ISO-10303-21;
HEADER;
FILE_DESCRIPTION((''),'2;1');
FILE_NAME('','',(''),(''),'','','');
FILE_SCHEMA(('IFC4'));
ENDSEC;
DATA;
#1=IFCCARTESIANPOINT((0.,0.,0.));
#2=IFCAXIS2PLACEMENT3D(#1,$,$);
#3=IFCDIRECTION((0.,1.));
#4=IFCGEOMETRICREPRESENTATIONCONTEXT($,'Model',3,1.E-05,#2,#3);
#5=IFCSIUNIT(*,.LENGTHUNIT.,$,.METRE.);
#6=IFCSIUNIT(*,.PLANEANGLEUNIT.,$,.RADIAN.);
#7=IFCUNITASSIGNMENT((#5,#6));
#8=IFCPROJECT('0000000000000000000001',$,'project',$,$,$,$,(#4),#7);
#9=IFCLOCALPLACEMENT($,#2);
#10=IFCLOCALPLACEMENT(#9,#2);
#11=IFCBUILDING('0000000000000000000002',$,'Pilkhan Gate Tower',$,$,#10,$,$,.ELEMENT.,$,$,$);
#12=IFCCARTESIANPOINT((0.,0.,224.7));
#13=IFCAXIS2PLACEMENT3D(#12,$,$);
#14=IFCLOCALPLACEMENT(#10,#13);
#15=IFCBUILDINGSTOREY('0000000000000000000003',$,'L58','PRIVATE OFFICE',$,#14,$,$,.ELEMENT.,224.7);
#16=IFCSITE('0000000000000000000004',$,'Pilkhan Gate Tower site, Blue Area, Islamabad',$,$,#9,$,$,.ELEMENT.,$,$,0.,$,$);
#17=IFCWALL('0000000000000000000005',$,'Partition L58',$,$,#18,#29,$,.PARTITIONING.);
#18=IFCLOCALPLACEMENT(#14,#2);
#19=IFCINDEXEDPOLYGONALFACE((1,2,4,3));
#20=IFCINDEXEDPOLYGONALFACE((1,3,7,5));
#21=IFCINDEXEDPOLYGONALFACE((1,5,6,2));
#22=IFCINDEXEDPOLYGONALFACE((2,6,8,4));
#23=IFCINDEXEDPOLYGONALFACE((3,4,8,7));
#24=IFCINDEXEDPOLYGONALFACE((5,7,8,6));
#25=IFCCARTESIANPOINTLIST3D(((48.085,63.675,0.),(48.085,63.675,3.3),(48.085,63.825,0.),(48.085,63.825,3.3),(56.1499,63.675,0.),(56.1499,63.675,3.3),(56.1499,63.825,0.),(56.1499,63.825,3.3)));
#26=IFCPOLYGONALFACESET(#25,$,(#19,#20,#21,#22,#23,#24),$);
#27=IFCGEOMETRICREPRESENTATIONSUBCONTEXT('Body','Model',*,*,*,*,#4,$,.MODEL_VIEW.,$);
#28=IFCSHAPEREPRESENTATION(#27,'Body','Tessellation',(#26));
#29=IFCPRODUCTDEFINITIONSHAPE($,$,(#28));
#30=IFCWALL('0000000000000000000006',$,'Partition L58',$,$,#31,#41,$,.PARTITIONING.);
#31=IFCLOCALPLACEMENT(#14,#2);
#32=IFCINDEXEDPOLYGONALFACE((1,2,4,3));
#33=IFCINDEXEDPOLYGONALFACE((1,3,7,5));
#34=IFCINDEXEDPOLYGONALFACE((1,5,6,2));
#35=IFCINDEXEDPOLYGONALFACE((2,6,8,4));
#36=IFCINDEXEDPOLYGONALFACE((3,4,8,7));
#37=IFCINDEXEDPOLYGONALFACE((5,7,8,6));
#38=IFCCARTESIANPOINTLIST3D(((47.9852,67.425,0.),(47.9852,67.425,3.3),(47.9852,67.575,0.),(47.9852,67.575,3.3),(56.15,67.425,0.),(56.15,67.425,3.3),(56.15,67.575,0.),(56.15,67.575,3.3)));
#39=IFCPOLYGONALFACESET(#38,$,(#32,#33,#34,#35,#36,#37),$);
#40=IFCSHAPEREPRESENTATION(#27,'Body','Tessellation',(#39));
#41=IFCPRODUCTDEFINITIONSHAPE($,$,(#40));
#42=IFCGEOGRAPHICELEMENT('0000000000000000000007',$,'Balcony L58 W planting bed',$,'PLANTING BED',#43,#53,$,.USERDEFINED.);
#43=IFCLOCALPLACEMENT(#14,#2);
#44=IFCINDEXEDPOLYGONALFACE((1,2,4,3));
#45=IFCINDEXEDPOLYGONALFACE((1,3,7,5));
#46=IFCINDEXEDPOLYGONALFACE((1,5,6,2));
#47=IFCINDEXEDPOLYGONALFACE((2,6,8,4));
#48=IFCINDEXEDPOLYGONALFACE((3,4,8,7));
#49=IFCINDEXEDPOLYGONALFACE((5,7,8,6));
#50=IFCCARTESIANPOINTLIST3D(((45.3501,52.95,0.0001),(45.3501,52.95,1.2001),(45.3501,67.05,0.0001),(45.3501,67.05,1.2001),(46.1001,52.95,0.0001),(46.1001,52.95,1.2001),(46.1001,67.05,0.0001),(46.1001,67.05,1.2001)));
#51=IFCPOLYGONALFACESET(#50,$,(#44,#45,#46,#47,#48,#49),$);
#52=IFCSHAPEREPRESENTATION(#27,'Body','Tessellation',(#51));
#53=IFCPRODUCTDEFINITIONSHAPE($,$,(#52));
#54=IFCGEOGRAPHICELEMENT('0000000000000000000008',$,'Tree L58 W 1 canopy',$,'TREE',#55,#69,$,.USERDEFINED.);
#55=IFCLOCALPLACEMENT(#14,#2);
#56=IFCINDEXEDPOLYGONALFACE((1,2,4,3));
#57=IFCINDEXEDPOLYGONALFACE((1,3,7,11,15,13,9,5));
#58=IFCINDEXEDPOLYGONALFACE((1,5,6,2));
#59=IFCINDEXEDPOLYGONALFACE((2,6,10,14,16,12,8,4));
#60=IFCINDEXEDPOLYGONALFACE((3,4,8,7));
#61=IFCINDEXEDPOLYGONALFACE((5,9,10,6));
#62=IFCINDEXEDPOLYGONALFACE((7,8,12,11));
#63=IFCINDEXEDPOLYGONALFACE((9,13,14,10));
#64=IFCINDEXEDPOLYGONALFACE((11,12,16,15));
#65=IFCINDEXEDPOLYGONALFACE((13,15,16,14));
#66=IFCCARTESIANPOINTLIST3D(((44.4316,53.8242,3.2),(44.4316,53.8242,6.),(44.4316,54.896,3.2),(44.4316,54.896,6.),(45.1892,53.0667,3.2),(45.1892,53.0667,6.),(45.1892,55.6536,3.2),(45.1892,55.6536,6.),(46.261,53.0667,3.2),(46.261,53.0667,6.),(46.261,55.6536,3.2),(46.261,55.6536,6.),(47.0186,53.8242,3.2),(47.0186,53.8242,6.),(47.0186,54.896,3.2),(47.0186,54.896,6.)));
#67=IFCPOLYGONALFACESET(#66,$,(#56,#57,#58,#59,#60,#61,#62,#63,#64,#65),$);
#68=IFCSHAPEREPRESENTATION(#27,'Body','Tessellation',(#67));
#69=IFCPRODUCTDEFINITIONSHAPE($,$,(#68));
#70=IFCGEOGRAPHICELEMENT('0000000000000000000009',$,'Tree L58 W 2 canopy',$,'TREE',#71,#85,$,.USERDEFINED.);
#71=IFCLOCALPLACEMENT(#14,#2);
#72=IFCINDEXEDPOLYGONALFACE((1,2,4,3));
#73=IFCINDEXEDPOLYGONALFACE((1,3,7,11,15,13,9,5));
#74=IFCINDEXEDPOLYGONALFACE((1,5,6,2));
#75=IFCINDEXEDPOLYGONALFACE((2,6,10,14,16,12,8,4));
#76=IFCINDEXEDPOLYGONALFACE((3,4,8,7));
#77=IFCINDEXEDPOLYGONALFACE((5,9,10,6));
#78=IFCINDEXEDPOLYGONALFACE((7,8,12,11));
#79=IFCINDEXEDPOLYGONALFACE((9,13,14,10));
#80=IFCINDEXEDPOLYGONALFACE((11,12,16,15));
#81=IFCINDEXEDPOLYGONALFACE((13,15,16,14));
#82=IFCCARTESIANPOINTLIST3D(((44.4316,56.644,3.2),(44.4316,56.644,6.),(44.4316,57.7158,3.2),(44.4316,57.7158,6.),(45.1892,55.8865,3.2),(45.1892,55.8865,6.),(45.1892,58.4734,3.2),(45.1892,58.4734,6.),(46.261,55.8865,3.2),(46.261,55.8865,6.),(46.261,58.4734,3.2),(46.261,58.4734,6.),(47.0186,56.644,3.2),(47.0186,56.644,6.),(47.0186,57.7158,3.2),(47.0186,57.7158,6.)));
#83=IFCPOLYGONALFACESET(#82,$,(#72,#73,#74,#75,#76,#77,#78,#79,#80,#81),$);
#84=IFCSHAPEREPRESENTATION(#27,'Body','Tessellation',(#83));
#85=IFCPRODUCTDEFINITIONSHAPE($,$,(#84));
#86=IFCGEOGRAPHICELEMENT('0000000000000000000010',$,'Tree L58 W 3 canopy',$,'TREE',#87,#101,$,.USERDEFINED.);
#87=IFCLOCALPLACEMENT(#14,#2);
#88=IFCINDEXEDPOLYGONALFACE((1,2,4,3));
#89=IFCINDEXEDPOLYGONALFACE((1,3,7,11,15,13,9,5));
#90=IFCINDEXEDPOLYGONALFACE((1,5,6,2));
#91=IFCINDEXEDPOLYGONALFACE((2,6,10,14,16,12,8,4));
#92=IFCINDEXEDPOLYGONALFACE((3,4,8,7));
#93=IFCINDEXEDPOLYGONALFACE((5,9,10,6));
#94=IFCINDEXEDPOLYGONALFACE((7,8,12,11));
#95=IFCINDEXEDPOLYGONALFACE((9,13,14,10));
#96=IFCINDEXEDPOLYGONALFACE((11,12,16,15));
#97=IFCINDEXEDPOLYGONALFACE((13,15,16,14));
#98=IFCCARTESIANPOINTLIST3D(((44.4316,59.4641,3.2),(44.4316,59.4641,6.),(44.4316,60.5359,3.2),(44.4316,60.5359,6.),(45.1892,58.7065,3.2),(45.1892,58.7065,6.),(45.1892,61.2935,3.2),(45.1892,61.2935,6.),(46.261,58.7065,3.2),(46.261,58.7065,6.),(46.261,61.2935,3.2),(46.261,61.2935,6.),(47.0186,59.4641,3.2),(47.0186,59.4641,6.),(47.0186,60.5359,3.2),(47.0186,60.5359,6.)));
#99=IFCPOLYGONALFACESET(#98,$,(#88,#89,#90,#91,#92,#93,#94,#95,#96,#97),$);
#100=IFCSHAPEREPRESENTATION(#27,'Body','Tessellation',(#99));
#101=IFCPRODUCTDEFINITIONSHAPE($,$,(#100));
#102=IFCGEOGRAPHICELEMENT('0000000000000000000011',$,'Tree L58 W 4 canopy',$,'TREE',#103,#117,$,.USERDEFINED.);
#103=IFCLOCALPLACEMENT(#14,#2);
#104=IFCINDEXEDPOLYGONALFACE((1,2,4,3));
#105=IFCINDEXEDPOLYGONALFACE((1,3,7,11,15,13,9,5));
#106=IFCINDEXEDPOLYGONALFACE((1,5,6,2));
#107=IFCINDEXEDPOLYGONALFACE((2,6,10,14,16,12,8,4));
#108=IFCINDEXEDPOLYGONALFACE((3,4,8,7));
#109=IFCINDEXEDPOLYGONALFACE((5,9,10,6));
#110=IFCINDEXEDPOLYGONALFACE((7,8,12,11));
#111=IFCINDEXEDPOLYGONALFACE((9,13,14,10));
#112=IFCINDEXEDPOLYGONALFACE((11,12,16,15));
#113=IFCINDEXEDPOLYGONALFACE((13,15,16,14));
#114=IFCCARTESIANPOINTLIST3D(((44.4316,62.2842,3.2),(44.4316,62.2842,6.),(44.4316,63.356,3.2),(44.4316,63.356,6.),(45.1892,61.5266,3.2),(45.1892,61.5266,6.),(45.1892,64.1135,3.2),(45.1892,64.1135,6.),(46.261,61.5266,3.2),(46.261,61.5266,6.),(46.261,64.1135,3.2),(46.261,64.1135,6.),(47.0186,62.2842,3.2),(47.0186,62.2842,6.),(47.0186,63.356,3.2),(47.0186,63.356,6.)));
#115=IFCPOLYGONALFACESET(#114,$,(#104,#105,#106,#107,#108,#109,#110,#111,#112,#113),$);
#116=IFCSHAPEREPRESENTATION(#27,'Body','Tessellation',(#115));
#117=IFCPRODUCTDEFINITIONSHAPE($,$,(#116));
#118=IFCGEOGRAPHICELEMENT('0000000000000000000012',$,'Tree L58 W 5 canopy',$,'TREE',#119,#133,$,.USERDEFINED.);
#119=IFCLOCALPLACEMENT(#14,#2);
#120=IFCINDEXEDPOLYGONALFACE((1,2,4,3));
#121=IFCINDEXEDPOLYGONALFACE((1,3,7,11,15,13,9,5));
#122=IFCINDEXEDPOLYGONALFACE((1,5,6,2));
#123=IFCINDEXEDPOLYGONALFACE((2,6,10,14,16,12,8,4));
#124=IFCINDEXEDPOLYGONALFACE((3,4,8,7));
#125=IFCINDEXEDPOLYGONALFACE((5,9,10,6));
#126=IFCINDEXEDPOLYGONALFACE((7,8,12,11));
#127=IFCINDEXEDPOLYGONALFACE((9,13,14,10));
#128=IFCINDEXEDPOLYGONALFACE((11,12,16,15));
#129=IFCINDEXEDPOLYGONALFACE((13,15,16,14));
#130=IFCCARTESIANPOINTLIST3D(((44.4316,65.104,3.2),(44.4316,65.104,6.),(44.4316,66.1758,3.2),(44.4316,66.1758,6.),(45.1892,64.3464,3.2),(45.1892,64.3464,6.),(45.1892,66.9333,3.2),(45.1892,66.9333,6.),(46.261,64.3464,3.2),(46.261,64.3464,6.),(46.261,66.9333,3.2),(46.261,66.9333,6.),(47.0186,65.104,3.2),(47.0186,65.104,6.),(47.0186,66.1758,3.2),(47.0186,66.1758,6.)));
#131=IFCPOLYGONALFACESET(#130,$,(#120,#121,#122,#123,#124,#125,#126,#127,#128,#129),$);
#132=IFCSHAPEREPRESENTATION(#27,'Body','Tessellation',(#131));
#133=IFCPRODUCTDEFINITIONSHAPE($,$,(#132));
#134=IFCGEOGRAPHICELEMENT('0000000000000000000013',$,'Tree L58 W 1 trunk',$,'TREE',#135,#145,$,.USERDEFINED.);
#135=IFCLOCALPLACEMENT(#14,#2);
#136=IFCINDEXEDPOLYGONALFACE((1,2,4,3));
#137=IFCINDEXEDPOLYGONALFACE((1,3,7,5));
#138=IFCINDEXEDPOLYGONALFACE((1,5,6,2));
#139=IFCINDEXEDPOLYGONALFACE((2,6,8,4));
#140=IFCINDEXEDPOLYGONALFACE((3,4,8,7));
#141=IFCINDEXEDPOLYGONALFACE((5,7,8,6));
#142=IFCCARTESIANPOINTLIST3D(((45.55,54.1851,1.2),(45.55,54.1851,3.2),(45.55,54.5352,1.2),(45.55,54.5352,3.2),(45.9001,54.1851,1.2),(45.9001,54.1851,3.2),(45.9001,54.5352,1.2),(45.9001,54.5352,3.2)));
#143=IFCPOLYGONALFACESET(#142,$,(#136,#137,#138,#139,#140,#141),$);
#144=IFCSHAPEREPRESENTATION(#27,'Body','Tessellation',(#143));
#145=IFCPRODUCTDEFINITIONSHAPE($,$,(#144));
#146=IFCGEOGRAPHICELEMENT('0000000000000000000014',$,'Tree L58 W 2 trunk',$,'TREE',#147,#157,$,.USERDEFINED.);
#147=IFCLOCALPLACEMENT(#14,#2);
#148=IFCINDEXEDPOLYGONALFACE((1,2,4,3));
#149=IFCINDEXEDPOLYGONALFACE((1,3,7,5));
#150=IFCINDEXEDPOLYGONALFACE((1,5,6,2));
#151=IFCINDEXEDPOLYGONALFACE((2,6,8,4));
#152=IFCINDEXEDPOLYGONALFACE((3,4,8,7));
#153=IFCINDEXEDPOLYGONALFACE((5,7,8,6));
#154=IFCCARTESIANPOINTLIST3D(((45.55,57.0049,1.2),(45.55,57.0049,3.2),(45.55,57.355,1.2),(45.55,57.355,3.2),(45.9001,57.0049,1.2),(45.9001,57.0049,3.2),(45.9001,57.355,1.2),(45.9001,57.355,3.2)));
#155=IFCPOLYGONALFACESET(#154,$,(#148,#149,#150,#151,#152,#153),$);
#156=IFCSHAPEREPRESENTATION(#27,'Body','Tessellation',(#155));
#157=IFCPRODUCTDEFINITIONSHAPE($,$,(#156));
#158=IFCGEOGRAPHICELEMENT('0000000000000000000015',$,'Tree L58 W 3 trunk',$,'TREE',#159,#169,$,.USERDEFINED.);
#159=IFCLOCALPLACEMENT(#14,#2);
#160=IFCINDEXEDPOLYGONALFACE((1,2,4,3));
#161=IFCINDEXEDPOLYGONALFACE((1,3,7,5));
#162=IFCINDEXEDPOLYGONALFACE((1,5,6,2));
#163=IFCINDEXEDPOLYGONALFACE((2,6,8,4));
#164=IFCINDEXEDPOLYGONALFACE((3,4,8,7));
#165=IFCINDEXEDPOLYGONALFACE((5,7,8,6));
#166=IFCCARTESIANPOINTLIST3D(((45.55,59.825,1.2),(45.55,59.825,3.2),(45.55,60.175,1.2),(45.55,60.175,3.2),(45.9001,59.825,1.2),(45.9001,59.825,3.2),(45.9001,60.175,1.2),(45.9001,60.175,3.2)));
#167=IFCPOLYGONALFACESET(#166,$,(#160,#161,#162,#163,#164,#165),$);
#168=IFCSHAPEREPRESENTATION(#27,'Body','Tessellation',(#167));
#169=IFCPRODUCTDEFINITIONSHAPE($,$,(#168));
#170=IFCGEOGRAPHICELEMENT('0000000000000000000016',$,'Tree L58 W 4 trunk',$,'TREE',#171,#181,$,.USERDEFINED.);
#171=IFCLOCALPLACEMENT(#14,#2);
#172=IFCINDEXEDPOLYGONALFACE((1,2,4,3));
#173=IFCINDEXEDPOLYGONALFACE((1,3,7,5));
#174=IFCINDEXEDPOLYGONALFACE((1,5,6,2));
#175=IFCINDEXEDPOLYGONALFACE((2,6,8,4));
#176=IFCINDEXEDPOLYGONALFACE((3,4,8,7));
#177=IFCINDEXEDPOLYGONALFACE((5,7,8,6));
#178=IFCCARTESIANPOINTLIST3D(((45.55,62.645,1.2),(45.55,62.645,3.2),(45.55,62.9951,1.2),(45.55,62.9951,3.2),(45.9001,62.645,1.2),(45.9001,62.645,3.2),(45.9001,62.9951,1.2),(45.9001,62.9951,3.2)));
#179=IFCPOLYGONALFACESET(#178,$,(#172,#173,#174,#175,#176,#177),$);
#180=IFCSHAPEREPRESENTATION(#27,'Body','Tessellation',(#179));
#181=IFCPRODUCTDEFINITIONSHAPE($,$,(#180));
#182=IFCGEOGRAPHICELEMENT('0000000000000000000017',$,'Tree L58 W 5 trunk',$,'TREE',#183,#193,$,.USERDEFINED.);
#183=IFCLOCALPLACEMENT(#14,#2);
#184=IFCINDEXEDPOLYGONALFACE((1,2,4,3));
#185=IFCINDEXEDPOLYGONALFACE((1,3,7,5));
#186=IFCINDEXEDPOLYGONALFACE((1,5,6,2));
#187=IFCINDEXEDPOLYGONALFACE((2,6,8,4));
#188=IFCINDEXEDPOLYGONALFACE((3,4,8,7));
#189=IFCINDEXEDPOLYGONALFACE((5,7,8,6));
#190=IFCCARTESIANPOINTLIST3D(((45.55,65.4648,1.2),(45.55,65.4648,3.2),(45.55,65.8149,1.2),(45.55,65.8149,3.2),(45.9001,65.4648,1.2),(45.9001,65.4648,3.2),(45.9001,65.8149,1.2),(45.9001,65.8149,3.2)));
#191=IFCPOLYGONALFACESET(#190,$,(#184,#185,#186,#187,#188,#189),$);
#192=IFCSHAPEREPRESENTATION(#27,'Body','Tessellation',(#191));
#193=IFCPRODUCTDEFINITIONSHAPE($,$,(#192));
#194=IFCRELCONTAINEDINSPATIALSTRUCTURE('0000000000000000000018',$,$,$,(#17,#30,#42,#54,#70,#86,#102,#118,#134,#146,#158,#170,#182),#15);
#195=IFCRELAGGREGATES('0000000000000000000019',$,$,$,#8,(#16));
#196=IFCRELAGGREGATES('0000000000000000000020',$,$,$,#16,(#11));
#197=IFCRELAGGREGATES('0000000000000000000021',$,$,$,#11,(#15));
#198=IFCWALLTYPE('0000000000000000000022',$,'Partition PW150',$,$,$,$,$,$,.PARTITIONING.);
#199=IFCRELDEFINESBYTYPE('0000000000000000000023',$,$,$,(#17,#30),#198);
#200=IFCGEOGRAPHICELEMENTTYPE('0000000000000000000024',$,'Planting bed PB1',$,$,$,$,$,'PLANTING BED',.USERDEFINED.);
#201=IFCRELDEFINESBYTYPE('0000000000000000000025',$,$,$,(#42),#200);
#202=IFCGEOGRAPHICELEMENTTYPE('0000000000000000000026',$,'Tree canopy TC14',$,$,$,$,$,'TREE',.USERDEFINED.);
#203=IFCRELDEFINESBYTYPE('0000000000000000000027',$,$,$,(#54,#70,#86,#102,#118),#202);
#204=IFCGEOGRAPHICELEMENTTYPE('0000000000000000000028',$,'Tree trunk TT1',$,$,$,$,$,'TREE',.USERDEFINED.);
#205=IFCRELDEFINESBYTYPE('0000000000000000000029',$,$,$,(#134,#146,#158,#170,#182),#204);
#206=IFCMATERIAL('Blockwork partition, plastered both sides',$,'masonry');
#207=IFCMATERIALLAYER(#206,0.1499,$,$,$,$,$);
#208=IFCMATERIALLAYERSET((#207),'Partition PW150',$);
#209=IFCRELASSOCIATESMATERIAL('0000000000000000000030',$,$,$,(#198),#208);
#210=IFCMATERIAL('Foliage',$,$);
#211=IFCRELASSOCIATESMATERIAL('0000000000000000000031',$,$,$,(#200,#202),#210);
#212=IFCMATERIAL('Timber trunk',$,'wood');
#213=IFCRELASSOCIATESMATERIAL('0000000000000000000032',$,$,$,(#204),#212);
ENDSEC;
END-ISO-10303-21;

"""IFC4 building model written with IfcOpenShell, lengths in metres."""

from ifc_helpers import new_model, si_unit, direction, frame, frame_2d, origin, origin_2d, place, context, subcontext, project, spatial, polyline, rectangle, outline, extrude, material, layer, layer_set, material_profile, profile_set, type_object, element, save


model = new_model("IFC4")

# Units and contexts
model_context = context("Model", 3, precision=1e-05, world=origin(), true_north=direction((0.0, 1.0)))
body_context = subcontext(model_context, "Body", "Model", "MODEL_VIEW")
ifc_project = project(units=[si_unit("LENGTHUNIT", "METRE"), si_unit("PLANEANGLEUNIT", "RADIAN")], contexts=[model_context])

# Site, building, storey
site_placement = place(None, origin())
site = spatial("IfcSite", under=ifc_project, at=site_placement, Name="Pilkhan Gate Tower site, Blue Area, Islamabad", CompositionType="ELEMENT", RefElevation=0.0)
building_placement = place(site_placement, origin())
building = spatial("IfcBuilding", under=site, at=building_placement, Name="Pilkhan Gate Tower", CompositionType="ELEMENT")
storey_placement = place(building_placement, frame((0.0, 0.0, 224.7)))
storey = spatial("IfcBuildingStorey", under=building, at=storey_placement, Name="L58", Description="PRIVATE OFFICE", CompositionType="ELEMENT", Elevation=224.7)

# Walls
ifc_material_1 = material(Name="Blockwork partition, plastered both sides", Category="masonry")
ifc_layer_1 = layer(ifc_material_1, 0.1499)
ifc_layer_set_1 = layer_set([ifc_layer_1], Name="Partition PW150")
wall_type_1 = type_object("IfcWallType", Name="Partition PW150", PredefinedType="PARTITIONING", material=ifc_layer_set_1)
for number, where, z_axis, x_axis, name in (
    (1, (48.085, 63.75, 0.0), (0.0, 0.0, 1.0), (1.0, 0.0, 0.0), "Partition L58"),
):
    element("IfcWall", number, at=place(storey_placement, frame(where, z_axis=z_axis, x_axis=x_axis)), inside=storey, type_object=wall_type_1, Name=name, PredefinedType="PARTITIONING", context=body_context, shape_type="SweptSolid", body=[
        extrude(rectangle(XDim=8.0649, YDim=0.1499, at=frame_2d((4.0325, 0.0))), origin(), (0.0, 0.0, 1.0), 3.3),
    ])
wall_1_placement = place(storey_placement, frame((47.9851, 67.5, 0.0), z_axis=(0.0, 0.0, 1.0), x_axis=(1.0, 0.0, 0.0)))
element("IfcWall", 2, at=wall_1_placement, inside=storey, type_object=wall_type_1, Name="Partition L58", PredefinedType="PARTITIONING", context=body_context, shape_type="SweptSolid", body=[
    extrude(rectangle(XDim=8.1648, YDim=0.1499, at=frame_2d((4.0825, 0.0))), origin(), (0.0, 0.0, 1.0), 3.3),
])

# Geographic elements
ifc_material_2 = material(Name="Foliage")
ifc_material_profile_1 = material_profile(ifc_material_2, rectangle(XDim=0.75, YDim=1.2, at=origin_2d()), Name="Bed 750x1200")
ifc_profile_set_1 = profile_set([ifc_material_profile_1], Name="Foliage")
geographic_element_type_1 = type_object("IfcGeographicElementType", Name="Planting bed PB1", ElementType="PLANTING BED", PredefinedType="USERDEFINED", material=ifc_profile_set_1)
geographic_element_placement = place(storey_placement, frame((45.7251, 52.95, 0.6001), z_axis=(0.0, 1.0, 0.0), x_axis=(-1.0, 0.0, 0.0)))
element("IfcGeographicElement", 3, at=geographic_element_placement, inside=storey, type_object=geographic_element_type_1, Name="Balcony L58 W planting bed", ObjectType="PLANTING BED", PredefinedType="USERDEFINED", context=body_context, shape_type="SweptSolid", body=[
    extrude(rectangle(XDim=0.75, YDim=1.2, at=origin_2d()), origin(), (0.0, 0.0, 1.0), 14.1001),
])
ifc_material_profile_2 = material_profile(ifc_material_2, outline(polyline([(1.2935, 0.5359), (0.5359, 1.2935), (-0.5359, 1.2935), (-1.2935, 0.5359), (-1.2935, -0.5359), (-0.5359, -1.2935), (0.5359, -1.2935), (1.2935, -0.5359), (1.2935, 0.5359)])), Name="Canopy D2.8")
ifc_profile_set_2 = profile_set([ifc_material_profile_2], Name="Foliage")
geographic_element_type_2 = type_object("IfcGeographicElementType", Name="Tree canopy TC14", ElementType="TREE", PredefinedType="USERDEFINED", material=ifc_profile_set_2)
for number, where, z_axis, x_axis, name in (
    (4, (45.7251, 54.3601, 3.2), (0.0, 0.0, 1.0), (1.0, 0.0, 0.0), "Tree L58 W 1 canopy"),
    (5, (45.7251, 57.1799, 3.2), (0.0, 0.0, 1.0), (1.0, 0.0, 0.0), "Tree L58 W 2 canopy"),
    (6, (45.7251, 60.0, 3.2), (0.0, 0.0, 1.0), (1.0, 0.0, 0.0), "Tree L58 W 3 canopy"),
    (7, (45.7251, 62.8201, 3.2), (0.0, 0.0, 1.0), (1.0, 0.0, 0.0), "Tree L58 W 4 canopy"),
    (8, (45.7251, 65.6399, 3.2), (0.0, 0.0, 1.0), (1.0, 0.0, 0.0), "Tree L58 W 5 canopy"),
):
    element("IfcGeographicElement", number, at=place(storey_placement, frame(where, z_axis=z_axis, x_axis=x_axis)), inside=storey, type_object=geographic_element_type_2, Name=name, ObjectType="TREE", PredefinedType="USERDEFINED", context=body_context, shape_type="SweptSolid", body=[
        extrude(outline(polyline([(1.2935, 0.5359), (0.5359, 1.2935), (-0.5359, 1.2935), (-1.2935, 0.5359), (-1.2935, -0.5359), (-0.5359, -1.2935), (0.5359, -1.2935), (1.2935, -0.5359), (1.2935, 0.5359)])), origin(), (0.0, 0.0, 1.0), 2.8),
    ])
ifc_material_3 = material(Name="Timber trunk", Category="wood")
geographic_element_type_3 = type_object("IfcGeographicElementType", Name="Tree trunk TT1", ElementType="TREE", PredefinedType="USERDEFINED", material=ifc_material_3)
for number, where, z_axis, x_axis, name in (
    (9, (45.7251, 54.3601, 1.2), (0.0, 0.0, 1.0), (1.0, 0.0, 0.0), "Tree L58 W 1 trunk"),
    (10, (45.7251, 57.1799, 1.2), (0.0, 0.0, 1.0), (1.0, 0.0, 0.0), "Tree L58 W 2 trunk"),
    (11, (45.7251, 60.0, 1.2), (0.0, 0.0, 1.0), (1.0, 0.0, 0.0), "Tree L58 W 3 trunk"),
    (12, (45.7251, 62.8201, 1.2), (0.0, 0.0, 1.0), (1.0, 0.0, 0.0), "Tree L58 W 4 trunk"),
    (13, (45.7251, 65.6399, 1.2), (0.0, 0.0, 1.0), (1.0, 0.0, 0.0), "Tree L58 W 5 trunk"),
):
    element("IfcGeographicElement", number, at=place(storey_placement, frame(where, z_axis=z_axis, x_axis=x_axis)), inside=storey, type_object=geographic_element_type_3, Name=name, ObjectType="TREE", PredefinedType="USERDEFINED", context=body_context, shape_type="SweptSolid", body=[
        extrude(rectangle(XDim=0.3501, YDim=0.3501, at=origin_2d()), origin(), (0.0, 0.0, 1.0), 2.0),
    ])

save(model, "model.ifc")
